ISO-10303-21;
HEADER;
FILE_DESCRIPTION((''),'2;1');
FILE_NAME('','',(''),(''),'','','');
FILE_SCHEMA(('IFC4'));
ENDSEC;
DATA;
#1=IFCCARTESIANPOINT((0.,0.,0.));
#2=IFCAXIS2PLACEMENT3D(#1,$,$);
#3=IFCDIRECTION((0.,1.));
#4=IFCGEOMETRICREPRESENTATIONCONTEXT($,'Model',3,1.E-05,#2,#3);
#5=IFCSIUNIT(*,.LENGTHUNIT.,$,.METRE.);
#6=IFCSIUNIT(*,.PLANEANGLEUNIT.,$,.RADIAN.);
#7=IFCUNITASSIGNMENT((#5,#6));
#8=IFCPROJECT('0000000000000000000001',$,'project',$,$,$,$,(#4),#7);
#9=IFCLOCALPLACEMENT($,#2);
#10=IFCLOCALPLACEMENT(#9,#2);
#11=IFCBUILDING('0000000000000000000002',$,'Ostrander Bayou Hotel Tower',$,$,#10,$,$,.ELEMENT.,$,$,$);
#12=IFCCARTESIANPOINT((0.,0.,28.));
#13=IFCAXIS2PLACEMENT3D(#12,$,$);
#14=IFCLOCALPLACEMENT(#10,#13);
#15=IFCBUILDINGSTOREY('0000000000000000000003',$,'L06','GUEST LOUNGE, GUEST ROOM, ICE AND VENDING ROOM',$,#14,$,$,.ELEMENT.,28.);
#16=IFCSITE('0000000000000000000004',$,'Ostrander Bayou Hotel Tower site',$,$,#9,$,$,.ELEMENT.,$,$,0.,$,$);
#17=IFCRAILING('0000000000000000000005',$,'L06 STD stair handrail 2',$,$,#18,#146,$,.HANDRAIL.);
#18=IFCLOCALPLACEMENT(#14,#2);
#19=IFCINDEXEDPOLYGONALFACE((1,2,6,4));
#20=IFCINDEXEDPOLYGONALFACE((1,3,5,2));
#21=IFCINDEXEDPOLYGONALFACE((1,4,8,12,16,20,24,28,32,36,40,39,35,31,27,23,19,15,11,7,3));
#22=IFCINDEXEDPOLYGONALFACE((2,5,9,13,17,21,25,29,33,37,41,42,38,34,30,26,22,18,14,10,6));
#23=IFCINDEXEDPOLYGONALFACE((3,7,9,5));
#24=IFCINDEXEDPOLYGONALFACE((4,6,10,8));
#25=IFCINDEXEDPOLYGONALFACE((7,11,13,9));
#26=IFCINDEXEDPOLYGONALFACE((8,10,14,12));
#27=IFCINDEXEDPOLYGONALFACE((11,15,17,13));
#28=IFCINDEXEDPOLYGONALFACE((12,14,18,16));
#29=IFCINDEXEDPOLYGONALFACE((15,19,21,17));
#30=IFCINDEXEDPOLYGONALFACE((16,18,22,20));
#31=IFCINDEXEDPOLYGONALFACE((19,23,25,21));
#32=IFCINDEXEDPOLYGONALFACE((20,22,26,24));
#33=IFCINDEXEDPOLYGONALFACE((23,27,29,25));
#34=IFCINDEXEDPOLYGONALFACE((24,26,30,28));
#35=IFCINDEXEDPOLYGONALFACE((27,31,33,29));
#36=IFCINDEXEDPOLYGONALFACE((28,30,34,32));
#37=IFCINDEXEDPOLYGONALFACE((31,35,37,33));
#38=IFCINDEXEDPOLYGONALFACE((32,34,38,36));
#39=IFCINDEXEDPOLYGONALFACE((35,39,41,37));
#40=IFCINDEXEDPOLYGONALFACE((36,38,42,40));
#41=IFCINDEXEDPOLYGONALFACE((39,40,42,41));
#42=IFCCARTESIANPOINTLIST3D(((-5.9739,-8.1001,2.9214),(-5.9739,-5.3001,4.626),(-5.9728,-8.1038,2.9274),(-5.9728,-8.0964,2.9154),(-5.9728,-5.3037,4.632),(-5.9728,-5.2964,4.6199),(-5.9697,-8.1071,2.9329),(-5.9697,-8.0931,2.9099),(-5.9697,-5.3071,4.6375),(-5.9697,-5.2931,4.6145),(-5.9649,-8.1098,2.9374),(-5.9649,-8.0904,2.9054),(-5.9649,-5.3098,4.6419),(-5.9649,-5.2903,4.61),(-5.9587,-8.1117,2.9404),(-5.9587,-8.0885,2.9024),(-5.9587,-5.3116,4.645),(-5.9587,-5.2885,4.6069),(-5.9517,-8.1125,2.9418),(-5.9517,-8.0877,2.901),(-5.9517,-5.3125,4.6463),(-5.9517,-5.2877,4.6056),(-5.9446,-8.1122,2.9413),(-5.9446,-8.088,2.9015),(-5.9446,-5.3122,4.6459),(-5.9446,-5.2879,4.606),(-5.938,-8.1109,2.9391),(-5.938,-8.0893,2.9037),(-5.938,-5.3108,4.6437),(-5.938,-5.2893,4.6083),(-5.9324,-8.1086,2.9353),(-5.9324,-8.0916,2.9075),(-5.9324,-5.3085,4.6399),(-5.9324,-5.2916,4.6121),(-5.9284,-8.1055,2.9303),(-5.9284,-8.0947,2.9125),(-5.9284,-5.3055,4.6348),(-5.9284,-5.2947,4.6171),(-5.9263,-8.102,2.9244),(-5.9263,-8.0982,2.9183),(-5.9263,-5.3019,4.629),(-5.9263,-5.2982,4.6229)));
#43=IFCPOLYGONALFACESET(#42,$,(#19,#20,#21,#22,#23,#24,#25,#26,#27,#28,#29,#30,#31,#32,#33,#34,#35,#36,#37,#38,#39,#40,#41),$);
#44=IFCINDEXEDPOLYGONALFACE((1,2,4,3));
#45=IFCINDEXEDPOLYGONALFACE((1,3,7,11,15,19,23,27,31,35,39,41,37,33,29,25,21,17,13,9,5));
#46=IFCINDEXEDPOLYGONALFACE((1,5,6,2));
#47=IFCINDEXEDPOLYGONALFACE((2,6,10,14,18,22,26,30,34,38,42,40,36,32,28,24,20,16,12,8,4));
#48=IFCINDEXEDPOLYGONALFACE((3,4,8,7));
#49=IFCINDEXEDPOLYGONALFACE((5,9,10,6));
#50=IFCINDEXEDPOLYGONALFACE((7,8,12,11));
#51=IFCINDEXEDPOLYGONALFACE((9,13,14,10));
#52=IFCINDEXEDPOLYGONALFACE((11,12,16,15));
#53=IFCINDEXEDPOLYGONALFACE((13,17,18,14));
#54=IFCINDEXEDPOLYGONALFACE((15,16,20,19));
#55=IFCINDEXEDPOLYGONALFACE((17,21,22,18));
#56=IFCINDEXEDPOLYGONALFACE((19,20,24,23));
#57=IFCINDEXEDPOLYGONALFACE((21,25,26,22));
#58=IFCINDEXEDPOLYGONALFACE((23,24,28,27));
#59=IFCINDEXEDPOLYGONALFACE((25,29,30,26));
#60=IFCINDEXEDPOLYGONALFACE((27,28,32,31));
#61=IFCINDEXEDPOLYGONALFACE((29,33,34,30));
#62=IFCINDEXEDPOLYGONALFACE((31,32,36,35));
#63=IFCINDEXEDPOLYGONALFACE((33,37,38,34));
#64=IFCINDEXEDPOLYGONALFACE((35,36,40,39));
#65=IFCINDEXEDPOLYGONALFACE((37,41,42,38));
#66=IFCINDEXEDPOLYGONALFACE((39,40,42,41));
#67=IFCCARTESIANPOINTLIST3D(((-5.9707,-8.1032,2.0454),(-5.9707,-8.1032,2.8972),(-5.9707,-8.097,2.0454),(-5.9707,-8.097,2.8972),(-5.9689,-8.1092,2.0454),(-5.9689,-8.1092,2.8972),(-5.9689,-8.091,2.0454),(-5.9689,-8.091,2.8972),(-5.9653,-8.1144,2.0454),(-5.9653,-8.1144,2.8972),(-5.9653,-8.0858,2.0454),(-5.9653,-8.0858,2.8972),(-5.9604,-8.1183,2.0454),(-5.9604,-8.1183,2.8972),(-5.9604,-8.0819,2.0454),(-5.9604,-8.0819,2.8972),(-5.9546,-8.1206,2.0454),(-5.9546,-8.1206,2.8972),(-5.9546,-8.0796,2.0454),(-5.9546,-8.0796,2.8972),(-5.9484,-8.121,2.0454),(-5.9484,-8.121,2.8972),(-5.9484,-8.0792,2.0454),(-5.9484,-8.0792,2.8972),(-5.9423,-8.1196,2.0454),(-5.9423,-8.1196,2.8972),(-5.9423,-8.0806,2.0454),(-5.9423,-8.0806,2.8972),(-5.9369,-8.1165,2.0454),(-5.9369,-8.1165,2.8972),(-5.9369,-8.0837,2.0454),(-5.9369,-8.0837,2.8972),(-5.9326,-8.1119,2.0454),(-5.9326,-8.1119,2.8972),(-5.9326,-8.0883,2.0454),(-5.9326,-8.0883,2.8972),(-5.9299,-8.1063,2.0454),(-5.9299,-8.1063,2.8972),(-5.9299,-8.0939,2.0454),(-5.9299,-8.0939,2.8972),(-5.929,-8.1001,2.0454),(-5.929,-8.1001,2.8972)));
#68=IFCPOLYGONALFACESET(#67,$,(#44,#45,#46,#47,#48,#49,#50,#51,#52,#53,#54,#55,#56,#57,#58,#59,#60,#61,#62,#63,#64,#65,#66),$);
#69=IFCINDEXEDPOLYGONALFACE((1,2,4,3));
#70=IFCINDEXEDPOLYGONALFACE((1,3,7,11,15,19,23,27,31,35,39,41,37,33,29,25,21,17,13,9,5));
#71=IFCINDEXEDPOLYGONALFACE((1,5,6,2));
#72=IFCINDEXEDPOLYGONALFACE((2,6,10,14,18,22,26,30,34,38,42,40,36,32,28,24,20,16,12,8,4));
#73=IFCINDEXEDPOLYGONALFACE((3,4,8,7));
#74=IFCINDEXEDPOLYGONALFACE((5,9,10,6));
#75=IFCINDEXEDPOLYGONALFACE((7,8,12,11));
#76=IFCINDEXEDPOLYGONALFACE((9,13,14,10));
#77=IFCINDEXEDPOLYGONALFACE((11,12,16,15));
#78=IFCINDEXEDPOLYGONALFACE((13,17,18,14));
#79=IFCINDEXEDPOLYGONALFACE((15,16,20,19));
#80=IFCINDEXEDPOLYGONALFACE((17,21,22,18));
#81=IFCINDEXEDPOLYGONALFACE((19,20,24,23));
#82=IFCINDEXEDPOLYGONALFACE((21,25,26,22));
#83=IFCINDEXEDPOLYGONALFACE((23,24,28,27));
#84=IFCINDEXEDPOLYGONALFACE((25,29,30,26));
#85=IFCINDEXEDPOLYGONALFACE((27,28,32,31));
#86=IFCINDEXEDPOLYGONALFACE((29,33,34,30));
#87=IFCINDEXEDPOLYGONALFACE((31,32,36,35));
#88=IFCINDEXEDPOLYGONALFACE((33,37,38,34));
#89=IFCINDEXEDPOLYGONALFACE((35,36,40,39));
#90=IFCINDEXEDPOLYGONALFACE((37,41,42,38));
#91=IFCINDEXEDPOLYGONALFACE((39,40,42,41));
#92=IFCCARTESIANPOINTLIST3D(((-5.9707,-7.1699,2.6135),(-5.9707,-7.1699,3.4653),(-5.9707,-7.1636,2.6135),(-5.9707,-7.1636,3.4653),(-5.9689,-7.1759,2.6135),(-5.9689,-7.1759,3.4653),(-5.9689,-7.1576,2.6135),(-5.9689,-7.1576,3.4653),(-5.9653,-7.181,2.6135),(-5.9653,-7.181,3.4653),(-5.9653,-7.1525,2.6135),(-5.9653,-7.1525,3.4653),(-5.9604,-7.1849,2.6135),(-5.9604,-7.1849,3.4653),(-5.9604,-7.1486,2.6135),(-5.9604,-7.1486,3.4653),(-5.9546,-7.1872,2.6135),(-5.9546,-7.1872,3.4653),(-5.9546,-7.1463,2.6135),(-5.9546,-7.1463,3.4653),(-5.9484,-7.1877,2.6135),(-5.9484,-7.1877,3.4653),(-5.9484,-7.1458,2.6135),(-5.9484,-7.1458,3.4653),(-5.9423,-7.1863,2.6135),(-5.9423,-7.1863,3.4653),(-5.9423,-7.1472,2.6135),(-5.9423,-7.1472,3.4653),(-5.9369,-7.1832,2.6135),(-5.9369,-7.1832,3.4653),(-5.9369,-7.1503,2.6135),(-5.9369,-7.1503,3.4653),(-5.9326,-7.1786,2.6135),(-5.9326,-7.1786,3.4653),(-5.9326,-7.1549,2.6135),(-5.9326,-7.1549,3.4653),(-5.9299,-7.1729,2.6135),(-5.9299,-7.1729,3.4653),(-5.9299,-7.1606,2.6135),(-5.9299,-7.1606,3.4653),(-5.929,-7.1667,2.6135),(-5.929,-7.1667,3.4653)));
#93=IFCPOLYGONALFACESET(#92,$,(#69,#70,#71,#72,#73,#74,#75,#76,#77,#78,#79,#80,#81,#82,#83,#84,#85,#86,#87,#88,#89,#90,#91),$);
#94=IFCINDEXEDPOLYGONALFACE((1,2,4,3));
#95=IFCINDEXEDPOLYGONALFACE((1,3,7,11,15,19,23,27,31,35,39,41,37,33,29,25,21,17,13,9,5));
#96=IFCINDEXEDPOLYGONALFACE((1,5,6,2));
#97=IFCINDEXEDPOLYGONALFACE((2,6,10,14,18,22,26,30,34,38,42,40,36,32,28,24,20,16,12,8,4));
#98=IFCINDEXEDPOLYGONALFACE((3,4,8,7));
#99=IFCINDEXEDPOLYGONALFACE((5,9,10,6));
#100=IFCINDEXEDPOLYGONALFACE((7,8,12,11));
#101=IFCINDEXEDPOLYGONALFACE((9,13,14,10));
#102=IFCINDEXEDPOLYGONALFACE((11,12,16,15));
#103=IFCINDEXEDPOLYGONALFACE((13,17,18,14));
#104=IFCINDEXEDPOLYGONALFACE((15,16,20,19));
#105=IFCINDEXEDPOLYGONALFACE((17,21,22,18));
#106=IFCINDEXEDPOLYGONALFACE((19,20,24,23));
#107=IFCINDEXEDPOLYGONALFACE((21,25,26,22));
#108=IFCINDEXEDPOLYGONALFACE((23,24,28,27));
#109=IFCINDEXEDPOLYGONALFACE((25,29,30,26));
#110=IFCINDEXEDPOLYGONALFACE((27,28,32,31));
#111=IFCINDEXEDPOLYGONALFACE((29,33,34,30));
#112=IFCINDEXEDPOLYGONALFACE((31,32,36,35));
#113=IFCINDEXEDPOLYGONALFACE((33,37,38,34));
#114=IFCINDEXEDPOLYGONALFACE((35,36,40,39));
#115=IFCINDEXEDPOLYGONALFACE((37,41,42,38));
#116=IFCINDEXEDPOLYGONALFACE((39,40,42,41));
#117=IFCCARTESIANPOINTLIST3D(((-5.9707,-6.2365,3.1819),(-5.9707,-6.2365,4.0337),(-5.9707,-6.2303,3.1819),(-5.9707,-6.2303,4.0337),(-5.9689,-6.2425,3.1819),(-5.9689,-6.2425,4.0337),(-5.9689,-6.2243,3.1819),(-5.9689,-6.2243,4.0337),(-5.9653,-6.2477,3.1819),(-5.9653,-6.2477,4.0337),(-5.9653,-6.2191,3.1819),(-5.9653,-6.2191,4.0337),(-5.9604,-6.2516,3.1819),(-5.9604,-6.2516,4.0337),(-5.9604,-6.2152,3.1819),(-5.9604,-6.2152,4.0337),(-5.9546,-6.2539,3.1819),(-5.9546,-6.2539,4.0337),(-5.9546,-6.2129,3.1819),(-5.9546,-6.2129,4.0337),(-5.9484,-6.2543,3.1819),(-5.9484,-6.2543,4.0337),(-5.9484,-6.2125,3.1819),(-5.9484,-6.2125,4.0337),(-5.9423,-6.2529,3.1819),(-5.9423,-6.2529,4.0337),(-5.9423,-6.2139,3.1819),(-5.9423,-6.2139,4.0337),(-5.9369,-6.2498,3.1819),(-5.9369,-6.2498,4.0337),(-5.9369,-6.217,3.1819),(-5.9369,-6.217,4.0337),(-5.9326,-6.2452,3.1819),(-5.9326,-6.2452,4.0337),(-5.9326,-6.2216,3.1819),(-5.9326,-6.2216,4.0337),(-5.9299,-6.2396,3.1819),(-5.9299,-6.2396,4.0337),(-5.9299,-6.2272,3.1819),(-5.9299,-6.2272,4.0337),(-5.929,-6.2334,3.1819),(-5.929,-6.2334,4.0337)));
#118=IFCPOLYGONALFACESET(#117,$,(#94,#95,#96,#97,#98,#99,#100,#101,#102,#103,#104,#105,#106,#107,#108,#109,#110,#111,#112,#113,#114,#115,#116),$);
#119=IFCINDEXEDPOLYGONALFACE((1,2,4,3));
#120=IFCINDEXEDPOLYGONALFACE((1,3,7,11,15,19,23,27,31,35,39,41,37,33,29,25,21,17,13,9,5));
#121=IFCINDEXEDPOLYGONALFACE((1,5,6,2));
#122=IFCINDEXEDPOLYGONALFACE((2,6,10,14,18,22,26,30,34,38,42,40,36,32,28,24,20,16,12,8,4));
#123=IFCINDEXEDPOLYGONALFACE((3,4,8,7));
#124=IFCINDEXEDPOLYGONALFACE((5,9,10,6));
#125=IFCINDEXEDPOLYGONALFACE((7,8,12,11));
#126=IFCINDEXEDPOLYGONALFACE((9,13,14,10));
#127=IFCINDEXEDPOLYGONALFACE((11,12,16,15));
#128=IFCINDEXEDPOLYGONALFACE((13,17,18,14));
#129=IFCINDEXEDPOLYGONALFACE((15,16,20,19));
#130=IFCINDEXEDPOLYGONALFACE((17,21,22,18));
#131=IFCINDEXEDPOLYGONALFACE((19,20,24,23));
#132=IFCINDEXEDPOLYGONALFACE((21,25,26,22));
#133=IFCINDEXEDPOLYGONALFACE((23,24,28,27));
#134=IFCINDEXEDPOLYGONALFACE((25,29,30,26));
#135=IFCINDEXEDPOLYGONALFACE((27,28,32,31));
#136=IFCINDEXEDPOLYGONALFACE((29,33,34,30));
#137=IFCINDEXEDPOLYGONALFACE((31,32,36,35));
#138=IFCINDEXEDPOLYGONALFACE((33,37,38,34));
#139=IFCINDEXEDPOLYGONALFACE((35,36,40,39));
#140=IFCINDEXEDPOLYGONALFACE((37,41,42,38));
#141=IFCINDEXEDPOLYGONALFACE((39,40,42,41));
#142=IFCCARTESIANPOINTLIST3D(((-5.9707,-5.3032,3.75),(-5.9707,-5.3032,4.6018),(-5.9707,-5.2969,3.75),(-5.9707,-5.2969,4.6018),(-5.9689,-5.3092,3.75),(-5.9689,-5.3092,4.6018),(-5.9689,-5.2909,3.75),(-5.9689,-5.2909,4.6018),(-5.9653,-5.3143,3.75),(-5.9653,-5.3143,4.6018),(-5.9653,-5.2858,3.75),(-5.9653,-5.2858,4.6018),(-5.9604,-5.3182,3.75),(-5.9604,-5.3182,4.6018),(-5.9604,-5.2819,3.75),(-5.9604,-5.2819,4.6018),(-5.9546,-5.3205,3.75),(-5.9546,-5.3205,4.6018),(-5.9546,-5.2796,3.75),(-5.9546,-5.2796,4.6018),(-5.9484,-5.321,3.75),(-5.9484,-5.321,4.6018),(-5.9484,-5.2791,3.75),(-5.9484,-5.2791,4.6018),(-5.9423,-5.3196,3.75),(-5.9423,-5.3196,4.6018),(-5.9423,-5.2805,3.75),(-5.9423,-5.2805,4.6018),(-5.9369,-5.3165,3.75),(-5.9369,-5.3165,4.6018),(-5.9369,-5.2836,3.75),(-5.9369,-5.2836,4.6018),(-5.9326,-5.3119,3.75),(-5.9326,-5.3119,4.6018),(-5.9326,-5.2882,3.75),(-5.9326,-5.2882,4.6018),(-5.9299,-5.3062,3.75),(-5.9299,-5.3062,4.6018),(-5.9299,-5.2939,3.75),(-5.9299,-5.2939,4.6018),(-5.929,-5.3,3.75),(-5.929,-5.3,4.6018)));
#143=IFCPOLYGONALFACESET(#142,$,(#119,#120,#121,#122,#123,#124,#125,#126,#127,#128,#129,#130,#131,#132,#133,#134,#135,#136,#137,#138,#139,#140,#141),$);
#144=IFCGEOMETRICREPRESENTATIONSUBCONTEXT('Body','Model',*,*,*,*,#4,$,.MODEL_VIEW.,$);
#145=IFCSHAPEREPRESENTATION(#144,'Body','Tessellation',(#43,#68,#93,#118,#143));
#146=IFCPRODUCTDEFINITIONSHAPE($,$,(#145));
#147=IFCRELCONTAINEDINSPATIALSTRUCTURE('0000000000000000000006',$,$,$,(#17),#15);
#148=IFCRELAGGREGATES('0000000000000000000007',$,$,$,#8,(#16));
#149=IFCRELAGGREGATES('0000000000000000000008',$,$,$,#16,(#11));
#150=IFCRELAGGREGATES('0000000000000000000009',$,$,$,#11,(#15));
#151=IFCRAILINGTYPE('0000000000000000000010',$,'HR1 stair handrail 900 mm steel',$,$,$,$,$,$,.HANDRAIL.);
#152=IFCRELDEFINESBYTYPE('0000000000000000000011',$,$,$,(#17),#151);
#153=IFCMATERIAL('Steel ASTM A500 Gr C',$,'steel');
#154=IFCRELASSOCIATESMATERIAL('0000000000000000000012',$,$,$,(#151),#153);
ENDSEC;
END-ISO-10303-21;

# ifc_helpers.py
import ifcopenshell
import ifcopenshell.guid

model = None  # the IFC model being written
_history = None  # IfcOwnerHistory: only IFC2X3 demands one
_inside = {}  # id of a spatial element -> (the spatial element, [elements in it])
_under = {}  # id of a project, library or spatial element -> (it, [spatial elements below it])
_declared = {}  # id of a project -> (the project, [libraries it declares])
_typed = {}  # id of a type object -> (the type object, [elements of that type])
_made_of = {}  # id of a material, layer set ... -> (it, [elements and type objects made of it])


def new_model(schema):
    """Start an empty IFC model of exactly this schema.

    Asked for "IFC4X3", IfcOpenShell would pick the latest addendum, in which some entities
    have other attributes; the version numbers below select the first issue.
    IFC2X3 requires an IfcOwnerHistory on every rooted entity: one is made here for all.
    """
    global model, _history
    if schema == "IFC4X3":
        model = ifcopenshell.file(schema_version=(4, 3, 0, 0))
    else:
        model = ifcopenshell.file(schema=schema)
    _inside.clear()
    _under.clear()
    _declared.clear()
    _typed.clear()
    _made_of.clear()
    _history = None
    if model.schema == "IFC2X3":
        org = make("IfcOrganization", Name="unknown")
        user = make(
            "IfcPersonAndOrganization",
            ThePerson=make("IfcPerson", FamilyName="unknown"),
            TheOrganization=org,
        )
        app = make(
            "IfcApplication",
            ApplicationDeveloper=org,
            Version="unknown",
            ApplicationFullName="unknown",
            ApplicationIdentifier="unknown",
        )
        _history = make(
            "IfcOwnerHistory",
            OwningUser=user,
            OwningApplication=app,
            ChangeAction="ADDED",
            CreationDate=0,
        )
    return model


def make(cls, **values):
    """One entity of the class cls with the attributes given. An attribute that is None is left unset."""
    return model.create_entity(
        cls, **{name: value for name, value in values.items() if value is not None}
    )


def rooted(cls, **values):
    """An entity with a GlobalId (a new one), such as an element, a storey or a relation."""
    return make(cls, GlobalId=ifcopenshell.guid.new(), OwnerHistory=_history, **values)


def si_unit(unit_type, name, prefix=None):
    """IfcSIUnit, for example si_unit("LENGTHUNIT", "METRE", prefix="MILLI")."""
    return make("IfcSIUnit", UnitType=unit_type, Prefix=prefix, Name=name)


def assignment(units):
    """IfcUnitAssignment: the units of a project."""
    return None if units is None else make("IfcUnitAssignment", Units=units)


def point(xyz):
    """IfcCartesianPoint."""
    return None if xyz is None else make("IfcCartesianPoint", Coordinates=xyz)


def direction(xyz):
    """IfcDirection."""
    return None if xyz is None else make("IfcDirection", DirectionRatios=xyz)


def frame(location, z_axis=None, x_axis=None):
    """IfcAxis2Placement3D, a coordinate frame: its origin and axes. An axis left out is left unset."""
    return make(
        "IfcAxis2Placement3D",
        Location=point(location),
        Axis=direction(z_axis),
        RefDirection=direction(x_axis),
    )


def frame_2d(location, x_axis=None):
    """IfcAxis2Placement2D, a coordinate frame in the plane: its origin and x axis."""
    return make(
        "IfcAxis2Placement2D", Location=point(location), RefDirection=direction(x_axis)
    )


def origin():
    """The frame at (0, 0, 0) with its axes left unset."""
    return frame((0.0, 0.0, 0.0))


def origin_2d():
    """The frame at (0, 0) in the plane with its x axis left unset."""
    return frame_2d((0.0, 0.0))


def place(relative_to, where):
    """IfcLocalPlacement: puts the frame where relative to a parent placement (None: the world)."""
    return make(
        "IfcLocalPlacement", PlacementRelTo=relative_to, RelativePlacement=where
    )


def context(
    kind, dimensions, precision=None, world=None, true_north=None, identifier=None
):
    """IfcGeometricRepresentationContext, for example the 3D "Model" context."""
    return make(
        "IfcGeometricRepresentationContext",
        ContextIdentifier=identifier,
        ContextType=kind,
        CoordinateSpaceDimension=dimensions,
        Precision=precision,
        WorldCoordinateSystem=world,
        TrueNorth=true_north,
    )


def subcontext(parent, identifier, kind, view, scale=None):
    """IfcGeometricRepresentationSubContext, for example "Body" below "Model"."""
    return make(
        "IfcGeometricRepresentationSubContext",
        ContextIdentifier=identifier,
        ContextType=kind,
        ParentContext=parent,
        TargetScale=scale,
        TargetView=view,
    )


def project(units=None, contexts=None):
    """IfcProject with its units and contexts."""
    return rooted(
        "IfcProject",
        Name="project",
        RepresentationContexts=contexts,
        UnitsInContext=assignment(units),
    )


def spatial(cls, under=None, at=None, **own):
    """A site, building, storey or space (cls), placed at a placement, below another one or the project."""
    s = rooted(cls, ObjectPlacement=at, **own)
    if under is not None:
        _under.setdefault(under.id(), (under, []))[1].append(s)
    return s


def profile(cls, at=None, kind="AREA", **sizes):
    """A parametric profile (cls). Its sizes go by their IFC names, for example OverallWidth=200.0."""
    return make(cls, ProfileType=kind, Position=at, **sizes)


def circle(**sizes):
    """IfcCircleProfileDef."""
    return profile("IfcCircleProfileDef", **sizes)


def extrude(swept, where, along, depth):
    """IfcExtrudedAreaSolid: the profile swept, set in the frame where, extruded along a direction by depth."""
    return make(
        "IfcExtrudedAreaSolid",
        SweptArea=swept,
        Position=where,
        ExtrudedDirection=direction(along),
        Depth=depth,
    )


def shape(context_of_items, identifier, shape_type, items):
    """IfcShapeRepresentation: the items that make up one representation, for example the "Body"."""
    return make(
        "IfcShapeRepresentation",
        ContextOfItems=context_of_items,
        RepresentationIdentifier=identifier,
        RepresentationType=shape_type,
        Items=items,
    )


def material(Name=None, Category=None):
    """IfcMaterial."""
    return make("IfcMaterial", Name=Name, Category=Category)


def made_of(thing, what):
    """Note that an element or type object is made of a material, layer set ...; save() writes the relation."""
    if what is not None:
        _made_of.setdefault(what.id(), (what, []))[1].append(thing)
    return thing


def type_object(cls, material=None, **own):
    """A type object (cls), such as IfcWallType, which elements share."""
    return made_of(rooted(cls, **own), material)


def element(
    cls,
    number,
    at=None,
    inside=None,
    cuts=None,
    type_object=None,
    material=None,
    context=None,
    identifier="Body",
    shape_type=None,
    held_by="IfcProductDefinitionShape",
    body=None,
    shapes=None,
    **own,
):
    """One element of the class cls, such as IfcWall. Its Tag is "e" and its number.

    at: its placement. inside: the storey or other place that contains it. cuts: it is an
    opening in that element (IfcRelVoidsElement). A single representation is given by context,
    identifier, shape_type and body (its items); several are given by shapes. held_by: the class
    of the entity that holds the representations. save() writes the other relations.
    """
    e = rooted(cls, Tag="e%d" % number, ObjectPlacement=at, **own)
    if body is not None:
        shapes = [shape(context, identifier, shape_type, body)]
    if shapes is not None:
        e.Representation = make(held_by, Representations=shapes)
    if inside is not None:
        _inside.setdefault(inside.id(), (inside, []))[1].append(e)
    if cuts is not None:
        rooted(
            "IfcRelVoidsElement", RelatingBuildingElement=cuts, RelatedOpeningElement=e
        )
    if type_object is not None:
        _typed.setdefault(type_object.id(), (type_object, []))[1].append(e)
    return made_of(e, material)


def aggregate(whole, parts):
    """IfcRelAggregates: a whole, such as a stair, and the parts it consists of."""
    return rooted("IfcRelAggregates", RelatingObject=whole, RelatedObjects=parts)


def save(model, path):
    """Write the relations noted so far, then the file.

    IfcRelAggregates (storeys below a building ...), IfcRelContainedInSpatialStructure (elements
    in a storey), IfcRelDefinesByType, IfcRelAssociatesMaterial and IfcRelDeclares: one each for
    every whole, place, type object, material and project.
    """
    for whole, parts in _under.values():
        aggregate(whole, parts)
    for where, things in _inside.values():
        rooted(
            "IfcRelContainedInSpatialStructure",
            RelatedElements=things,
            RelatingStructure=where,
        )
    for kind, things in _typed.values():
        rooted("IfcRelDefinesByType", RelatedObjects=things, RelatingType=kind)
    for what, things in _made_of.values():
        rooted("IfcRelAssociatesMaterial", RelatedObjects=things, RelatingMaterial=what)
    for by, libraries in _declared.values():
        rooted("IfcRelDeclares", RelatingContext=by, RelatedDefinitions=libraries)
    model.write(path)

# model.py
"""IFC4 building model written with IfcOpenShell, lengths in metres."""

from ifc_helpers import new_model, si_unit, direction, frame, origin, origin_2d, place, context, subcontext, project, spatial, circle, extrude, material, type_object, element, save


model = new_model("IFC4")

# Units and contexts
model_context = context("Model", 3, precision=1e-05, world=origin(), true_north=direction((0.0, 1.0)))
body_context = subcontext(model_context, "Body", "Model", "MODEL_VIEW")
ifc_project = project(units=[si_unit("LENGTHUNIT", "METRE"), si_unit("PLANEANGLEUNIT", "RADIAN")], contexts=[model_context])

# Site, building, storey
site_placement = place(None, origin())
site = spatial("IfcSite", under=ifc_project, at=site_placement, Name="Ostrander Bayou Hotel Tower site", CompositionType="ELEMENT", RefElevation=0.0)
building_placement = place(site_placement, origin())
building = spatial("IfcBuilding", under=site, at=building_placement, Name="Ostrander Bayou Hotel Tower", CompositionType="ELEMENT")
storey_placement = place(building_placement, frame((0.0, 0.0, 28.0)))
storey = spatial("IfcBuildingStorey", under=building, at=storey_placement, Name="L06", Description="GUEST LOUNGE, GUEST ROOM, ICE AND VENDING ROOM", CompositionType="ELEMENT", Elevation=28.0)

# Railing
ifc_material_1 = material(Name="Steel ASTM A500 Gr C", Category="steel")
railing_type_1 = type_object("IfcRailingType", Name="HR1 stair handrail 900 mm steel", PredefinedType="HANDRAIL", material=ifc_material_1)
railing_1_placement = place(storey_placement, frame((-5.95, -8.1001, 2.0454)))
element("IfcRailing", 1, at=railing_1_placement, inside=storey, type_object=railing_type_1, Name="L06 STD stair handrail 2", PredefinedType="HANDRAIL", context=body_context, shape_type="SweptSolid", body=[
    extrude(circle(Radius=0.0239, at=origin_2d()), frame((0.0, 0.0, 0.876), z_axis=(0.0, 0.85417, 0.519994), x_axis=(-1.0, 0.0, 0.0)), (0.0, 0.0, 1.0), 3.2781),
    extrude(circle(Radius=0.021, at=origin_2d()), origin(), (0.0, 0.0, 1.0), 0.8518),
    extrude(circle(Radius=0.021, at=origin_2d()), frame((0.0, 0.9333, 0.5681)), (0.0, 0.0, 1.0), 0.8518),
    extrude(circle(Radius=0.021, at=origin_2d()), frame((0.0, 1.8667, 1.1365)), (0.0, 0.0, 1.0), 0.8518),
    extrude(circle(Radius=0.021, at=origin_2d()), frame((0.0, 2.8, 1.7046)), (0.0, 0.0, 1.0), 0.8518),
])

save(model, "model.ifc")
